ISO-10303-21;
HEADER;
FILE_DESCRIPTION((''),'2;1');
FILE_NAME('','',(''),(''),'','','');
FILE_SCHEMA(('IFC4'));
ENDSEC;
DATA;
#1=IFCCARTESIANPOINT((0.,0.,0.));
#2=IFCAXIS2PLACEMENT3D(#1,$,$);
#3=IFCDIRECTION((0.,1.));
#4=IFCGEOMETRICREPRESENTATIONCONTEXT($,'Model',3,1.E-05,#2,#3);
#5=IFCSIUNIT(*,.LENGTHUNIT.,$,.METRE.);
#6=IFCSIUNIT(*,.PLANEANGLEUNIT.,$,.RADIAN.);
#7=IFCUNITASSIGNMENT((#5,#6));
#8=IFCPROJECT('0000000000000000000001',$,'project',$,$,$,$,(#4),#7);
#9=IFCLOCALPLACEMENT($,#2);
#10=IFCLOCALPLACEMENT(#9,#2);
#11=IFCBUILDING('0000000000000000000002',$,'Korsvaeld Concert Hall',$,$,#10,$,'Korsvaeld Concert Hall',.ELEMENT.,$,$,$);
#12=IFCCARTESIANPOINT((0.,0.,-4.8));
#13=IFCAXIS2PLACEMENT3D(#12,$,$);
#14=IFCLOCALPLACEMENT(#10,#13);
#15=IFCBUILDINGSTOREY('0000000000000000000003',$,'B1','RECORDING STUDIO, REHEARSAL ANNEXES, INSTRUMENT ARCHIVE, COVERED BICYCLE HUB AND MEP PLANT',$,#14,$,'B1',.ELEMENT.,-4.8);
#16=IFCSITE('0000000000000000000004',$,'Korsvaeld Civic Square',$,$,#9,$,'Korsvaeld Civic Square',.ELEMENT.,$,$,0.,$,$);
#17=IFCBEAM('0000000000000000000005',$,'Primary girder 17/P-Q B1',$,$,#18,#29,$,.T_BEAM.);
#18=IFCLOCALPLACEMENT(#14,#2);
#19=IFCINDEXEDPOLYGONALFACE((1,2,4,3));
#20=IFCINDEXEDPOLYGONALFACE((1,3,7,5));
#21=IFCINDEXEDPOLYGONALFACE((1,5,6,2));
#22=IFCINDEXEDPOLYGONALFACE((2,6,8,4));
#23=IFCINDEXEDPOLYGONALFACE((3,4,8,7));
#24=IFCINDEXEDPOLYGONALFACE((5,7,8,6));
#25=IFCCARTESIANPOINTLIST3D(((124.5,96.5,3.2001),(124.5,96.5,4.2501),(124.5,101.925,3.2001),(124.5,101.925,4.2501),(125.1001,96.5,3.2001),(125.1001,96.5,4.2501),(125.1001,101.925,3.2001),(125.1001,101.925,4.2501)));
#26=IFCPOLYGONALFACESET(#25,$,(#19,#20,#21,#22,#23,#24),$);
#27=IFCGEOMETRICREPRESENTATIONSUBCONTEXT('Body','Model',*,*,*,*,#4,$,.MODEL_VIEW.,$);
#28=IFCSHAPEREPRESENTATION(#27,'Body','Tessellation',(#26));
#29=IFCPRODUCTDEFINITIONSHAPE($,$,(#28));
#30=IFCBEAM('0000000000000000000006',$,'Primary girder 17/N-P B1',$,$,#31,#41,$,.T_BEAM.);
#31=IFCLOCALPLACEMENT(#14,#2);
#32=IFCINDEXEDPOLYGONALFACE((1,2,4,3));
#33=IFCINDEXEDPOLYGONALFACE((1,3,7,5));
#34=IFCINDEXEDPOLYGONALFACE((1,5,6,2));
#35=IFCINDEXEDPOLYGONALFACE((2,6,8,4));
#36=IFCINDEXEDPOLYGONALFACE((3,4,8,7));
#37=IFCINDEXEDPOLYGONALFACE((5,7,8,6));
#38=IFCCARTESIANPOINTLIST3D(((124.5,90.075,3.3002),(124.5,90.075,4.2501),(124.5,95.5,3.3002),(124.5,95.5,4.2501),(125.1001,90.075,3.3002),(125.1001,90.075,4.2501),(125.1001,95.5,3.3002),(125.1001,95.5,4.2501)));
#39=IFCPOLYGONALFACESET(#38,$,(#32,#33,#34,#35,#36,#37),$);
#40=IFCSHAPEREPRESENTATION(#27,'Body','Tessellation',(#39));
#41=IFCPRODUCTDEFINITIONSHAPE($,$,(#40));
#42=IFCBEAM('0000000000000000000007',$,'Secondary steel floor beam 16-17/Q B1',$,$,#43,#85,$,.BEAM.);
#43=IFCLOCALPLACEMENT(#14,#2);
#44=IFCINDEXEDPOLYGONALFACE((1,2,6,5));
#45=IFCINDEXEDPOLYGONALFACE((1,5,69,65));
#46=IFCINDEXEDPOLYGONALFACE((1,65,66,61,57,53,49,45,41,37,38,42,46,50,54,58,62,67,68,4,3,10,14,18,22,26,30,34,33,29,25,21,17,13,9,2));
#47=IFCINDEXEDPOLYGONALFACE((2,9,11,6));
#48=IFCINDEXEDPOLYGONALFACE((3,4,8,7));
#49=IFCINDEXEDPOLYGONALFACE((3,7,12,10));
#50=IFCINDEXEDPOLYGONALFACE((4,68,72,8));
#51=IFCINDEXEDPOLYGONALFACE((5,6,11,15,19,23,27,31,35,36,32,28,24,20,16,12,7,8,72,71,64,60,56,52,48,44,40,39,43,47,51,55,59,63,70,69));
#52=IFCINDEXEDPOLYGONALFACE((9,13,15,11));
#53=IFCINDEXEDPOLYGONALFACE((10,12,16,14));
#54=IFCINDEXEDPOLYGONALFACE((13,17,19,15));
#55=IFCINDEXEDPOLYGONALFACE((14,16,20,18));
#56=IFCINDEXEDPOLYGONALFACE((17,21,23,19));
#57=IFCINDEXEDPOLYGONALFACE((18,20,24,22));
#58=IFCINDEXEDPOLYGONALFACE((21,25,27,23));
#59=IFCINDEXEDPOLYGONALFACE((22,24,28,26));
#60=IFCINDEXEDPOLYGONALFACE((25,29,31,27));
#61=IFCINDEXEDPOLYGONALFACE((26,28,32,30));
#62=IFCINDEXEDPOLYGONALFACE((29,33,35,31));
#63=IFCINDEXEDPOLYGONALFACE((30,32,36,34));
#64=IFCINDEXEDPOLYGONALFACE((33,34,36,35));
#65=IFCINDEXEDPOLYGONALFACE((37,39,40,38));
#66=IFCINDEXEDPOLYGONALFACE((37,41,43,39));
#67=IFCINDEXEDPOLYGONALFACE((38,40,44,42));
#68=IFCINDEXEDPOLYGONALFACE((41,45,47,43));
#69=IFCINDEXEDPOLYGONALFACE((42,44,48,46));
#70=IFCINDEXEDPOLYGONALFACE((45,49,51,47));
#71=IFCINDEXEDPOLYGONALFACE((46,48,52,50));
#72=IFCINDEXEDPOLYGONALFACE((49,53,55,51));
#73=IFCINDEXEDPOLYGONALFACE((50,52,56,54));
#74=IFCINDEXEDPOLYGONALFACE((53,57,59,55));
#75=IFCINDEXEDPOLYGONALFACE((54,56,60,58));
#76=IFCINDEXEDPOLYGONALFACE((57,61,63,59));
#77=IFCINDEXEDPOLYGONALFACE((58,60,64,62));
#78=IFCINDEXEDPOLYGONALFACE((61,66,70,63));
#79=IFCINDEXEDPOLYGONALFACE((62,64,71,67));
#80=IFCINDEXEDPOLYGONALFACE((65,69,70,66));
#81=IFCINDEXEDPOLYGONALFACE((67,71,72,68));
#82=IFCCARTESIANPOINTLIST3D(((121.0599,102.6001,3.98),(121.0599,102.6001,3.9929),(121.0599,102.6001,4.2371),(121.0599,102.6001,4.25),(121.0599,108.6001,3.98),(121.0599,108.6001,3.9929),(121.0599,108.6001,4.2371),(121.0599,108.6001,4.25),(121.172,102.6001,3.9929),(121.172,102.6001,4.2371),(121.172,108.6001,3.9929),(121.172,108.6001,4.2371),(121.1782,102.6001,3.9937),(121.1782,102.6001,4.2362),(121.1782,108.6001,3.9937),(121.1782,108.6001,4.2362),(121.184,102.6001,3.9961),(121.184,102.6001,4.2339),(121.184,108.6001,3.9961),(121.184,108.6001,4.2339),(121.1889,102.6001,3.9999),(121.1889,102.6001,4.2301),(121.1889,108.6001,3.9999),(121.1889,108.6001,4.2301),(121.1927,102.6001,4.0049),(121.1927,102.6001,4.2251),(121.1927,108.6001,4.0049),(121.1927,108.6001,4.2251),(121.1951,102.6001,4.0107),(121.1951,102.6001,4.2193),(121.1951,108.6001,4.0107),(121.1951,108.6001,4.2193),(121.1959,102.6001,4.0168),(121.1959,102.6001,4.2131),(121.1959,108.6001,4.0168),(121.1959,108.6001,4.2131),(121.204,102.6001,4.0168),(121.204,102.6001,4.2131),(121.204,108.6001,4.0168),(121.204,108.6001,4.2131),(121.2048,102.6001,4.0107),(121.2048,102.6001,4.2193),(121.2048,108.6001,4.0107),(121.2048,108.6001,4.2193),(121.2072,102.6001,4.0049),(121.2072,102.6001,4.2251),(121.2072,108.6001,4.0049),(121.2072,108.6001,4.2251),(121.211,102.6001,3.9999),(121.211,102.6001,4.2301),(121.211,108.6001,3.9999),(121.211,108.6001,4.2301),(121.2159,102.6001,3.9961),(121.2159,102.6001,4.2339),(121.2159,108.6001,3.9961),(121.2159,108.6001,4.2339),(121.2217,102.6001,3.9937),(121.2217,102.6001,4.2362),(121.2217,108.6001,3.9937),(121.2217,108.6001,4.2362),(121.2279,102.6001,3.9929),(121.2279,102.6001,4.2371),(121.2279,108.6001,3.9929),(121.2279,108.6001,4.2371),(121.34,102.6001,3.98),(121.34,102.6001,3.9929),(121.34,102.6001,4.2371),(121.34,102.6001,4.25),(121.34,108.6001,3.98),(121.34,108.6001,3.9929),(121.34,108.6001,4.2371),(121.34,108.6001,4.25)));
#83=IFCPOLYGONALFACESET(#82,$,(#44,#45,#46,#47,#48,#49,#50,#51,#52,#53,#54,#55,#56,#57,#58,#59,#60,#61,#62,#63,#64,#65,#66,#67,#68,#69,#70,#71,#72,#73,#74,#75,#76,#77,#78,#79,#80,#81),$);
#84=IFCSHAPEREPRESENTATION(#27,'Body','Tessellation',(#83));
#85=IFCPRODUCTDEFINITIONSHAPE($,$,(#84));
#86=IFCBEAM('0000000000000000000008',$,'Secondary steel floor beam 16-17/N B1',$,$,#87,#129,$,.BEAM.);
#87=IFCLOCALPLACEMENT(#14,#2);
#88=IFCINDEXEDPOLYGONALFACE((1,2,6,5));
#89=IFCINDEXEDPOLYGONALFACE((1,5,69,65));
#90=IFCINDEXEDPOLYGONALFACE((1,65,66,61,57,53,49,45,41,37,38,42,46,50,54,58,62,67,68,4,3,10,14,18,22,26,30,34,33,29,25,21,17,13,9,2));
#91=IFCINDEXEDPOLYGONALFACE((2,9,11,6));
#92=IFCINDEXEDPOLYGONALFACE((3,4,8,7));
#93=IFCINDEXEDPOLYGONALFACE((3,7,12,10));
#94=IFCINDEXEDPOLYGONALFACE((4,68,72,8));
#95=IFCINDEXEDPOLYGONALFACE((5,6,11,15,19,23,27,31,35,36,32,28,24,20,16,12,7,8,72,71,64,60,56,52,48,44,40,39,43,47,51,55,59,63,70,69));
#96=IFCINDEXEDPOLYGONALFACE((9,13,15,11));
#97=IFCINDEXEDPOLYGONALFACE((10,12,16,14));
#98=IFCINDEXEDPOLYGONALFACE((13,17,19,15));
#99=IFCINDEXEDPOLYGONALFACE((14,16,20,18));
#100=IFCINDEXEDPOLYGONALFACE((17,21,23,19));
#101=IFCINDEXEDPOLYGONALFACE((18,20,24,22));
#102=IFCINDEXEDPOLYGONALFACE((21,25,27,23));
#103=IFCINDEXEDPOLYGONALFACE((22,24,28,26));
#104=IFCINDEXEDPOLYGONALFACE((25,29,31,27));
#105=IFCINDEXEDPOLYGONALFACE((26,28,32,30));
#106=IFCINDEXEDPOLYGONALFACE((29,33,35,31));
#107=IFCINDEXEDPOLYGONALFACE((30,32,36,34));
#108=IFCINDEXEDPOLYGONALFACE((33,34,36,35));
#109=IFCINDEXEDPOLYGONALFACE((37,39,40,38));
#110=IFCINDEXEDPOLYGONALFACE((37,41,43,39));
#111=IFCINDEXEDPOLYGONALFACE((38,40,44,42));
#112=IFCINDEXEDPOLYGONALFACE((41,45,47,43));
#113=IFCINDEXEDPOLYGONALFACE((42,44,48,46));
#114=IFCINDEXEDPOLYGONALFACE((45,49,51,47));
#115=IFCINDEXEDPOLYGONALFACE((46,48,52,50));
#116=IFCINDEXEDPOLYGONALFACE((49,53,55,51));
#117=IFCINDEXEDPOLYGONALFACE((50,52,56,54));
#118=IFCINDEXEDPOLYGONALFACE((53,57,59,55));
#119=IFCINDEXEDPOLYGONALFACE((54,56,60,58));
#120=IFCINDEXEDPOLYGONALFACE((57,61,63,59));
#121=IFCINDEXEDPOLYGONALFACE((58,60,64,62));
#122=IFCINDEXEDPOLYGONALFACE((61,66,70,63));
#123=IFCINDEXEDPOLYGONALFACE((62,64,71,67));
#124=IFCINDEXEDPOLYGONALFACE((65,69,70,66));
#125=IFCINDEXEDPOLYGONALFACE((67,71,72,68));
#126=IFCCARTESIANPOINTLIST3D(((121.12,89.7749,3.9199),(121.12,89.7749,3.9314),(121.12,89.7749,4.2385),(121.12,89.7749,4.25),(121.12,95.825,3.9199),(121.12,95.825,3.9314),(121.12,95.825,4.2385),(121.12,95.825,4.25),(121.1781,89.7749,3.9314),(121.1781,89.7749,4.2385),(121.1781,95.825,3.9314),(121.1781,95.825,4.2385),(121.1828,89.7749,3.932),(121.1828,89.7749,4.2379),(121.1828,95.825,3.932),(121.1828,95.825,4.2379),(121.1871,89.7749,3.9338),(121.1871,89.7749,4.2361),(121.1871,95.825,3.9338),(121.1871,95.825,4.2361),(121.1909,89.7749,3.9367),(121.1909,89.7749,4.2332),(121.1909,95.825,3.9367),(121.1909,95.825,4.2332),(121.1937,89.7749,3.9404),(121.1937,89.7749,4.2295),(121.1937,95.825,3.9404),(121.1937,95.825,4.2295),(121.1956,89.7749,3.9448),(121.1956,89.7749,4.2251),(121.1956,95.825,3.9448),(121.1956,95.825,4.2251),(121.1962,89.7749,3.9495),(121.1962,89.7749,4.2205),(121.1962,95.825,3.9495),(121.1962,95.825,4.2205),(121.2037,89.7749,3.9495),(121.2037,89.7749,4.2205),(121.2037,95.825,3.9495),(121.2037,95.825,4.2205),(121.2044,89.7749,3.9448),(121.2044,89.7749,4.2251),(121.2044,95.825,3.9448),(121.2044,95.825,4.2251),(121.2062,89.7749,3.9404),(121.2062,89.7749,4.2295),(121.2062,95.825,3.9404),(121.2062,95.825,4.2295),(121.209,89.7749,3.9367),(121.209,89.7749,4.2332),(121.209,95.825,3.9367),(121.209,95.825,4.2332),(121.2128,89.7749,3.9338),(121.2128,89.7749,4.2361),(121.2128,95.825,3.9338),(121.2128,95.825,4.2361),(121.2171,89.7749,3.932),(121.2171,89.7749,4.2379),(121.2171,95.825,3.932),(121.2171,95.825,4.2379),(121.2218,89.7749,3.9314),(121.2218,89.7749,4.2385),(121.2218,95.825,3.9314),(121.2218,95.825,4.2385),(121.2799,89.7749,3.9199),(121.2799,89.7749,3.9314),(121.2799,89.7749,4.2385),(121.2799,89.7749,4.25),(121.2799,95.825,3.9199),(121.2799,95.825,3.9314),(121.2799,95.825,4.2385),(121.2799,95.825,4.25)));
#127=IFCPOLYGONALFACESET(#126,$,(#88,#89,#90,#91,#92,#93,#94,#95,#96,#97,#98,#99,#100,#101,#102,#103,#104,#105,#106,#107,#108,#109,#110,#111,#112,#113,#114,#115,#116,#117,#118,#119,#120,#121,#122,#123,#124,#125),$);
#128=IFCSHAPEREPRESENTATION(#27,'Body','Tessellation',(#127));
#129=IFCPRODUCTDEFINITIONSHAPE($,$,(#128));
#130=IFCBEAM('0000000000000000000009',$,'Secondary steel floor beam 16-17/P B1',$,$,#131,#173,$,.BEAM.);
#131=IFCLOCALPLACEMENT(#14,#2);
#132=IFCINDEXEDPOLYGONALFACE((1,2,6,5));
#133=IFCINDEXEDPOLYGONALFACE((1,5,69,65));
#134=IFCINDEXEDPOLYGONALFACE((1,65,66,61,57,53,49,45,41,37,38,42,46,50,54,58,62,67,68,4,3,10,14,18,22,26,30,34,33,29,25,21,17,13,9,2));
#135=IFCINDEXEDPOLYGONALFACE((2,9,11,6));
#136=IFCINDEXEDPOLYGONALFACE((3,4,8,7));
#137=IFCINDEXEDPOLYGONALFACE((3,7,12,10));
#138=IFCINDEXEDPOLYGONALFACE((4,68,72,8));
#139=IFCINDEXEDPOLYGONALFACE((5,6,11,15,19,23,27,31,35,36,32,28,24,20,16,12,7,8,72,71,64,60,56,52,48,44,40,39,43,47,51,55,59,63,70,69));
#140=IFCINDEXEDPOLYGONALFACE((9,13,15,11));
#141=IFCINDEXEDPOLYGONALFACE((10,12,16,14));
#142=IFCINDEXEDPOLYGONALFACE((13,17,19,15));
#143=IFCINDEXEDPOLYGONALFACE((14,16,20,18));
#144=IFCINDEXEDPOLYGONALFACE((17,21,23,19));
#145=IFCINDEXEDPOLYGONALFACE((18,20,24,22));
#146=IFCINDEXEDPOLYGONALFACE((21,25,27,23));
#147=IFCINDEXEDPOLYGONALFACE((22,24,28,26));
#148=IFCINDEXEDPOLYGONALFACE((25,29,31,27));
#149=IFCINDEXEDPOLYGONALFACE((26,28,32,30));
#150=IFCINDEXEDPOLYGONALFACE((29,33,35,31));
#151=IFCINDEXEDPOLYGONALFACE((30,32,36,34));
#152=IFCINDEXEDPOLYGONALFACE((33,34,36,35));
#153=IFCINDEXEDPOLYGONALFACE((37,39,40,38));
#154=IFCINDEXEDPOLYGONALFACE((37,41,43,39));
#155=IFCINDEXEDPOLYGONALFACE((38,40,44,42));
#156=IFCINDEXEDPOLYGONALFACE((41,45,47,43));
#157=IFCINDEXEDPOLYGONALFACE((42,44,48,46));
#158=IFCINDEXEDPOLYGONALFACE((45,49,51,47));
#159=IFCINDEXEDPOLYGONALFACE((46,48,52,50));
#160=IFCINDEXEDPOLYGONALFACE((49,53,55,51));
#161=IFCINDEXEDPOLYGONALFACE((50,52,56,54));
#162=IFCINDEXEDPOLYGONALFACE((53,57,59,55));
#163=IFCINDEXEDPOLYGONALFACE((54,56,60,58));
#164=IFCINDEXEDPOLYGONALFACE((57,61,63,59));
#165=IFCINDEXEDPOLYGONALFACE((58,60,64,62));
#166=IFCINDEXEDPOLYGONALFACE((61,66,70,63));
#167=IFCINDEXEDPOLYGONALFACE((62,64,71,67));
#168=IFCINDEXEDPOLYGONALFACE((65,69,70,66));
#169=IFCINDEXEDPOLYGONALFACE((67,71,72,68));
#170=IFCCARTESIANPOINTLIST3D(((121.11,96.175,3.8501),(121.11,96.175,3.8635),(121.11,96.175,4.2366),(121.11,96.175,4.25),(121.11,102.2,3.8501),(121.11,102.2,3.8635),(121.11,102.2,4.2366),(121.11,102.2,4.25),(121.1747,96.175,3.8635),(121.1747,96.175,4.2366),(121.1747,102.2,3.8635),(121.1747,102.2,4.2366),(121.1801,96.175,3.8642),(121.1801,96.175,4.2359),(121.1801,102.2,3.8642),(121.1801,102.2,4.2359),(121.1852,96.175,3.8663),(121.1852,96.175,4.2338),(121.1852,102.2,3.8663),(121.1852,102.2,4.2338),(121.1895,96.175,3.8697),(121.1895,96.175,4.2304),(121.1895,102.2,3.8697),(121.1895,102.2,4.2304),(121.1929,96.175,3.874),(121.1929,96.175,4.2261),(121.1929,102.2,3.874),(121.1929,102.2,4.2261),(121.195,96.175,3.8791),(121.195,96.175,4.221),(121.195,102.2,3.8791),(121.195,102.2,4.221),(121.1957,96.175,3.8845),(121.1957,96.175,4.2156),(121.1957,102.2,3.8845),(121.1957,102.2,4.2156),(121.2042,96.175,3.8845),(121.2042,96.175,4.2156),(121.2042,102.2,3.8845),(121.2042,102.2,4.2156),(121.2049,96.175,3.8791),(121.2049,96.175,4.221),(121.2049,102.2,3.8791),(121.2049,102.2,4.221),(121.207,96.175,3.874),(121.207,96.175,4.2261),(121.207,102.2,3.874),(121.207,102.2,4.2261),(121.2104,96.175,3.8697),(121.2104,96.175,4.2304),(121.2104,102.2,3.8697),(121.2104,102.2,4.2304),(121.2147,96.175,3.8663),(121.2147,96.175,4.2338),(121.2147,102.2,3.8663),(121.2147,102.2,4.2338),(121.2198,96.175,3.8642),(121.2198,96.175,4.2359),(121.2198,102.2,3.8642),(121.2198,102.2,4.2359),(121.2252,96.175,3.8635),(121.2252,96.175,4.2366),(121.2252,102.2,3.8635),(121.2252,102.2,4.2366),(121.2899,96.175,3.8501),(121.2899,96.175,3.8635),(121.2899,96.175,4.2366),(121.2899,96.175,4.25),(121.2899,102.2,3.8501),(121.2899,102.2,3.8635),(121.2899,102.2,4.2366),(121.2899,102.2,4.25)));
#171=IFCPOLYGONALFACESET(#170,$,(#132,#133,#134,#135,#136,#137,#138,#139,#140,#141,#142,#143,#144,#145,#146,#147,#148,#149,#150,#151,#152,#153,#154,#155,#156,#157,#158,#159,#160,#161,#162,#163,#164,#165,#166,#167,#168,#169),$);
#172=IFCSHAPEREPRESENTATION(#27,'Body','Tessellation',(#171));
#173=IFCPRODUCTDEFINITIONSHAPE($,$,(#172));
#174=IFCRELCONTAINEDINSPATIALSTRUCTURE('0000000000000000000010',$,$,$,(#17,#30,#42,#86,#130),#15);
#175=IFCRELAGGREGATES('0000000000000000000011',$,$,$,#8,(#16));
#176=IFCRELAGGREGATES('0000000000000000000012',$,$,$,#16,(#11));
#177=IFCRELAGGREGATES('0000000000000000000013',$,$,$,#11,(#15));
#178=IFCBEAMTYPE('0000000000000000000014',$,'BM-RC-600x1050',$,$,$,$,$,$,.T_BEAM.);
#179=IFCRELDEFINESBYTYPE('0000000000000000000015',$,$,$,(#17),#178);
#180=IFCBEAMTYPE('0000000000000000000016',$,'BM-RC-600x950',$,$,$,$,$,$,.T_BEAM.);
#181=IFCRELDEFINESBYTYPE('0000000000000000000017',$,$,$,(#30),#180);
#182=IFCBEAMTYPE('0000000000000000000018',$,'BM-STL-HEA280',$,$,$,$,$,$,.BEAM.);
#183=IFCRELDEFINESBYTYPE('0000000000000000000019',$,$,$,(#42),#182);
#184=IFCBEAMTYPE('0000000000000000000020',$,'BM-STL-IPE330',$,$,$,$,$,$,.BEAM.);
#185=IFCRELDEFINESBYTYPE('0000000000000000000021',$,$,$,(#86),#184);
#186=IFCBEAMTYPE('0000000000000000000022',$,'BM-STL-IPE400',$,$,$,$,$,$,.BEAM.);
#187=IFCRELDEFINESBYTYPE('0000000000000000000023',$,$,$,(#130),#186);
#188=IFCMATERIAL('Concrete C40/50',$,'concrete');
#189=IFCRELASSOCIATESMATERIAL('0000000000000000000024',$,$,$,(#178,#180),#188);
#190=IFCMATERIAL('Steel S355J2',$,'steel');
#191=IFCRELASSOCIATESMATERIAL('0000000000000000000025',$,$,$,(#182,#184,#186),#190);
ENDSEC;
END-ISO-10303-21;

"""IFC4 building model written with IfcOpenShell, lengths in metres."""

from ifc_helpers import new_model, si_unit, direction, frame, origin, origin_2d, place, context, subcontext, project, spatial, rectangle, i_section, extrude, material, material_profile, profile_set, type_object, element, save


model = new_model("IFC4")

# Units and contexts
model_context = context("Model", 3, precision=1e-05, world=origin(), true_north=direction((0.0, 1.0)))
body_context = subcontext(model_context, "Body", "Model", "MODEL_VIEW")
ifc_project = project(units=[si_unit("LENGTHUNIT", "METRE"), si_unit("PLANEANGLEUNIT", "RADIAN")], contexts=[model_context])

# Site, building, storey
site_placement = place(None, origin())
site = spatial("IfcSite", under=ifc_project, at=site_placement, Name="Korsvaeld Civic Square", LongName="Korsvaeld Civic Square", CompositionType="ELEMENT", RefElevation=0.0)
building_placement = place(site_placement, origin())
building = spatial("IfcBuilding", under=site, at=building_placement, Name="Korsvaeld Concert Hall", LongName="Korsvaeld Concert Hall", CompositionType="ELEMENT")
storey_placement = place(building_placement, frame((0.0, 0.0, -4.8)))
storey = spatial("IfcBuildingStorey", under=building, at=storey_placement, Name="B1", Description="RECORDING STUDIO, REHEARSAL ANNEXES, INSTRUMENT ARCHIVE, COVERED BICYCLE HUB AND MEP PLANT", LongName="B1", CompositionType="ELEMENT", Elevation=-4.8)

# Shared definitions
ifc_material_1 = material(Name="Concrete C40/50", Category="concrete")

# Beams
ifc_material_profile_1 = material_profile(ifc_material_1, rectangle(XDim=0.6001, YDim=1.05, at=origin_2d()), Name="RC 600x1050")
ifc_profile_set_1 = profile_set([ifc_material_profile_1], Name="Concrete C40/50")
beam_type_1 = type_object("IfcBeamType", Name="BM-RC-600x1050", PredefinedType="T_BEAM", material=ifc_profile_set_1)
beam_1_placement = place(storey_placement, frame((124.8, 96.5, 3.7251), z_axis=(0.0, 1.0, 0.0), x_axis=(-1.0, 0.0, 0.0)))
element("IfcBeam", 1, at=beam_1_placement, inside=storey, type_object=beam_type_1, Name="Primary girder 17/P-Q B1", PredefinedType="T_BEAM", context=body_context, shape_type="SweptSolid", body=[
    extrude(rectangle(XDim=0.6001, YDim=1.05, at=origin_2d()), origin(), (0.0, 0.0, 1.0), 5.425),
])
ifc_material_profile_2 = material_profile(ifc_material_1, rectangle(XDim=0.6001, YDim=0.95, at=origin_2d()), Name="RC 600x950")
ifc_profile_set_2 = profile_set([ifc_material_profile_2], Name="Concrete C40/50")
beam_type_2 = type_object("IfcBeamType", Name="BM-RC-600x950", PredefinedType="T_BEAM", material=ifc_profile_set_2)
beam_2_placement = place(storey_placement, frame((124.8, 90.075, 3.7751), z_axis=(0.0, 1.0, 0.0), x_axis=(-1.0, 0.0, 0.0)))
element("IfcBeam", 2, at=beam_2_placement, inside=storey, type_object=beam_type_2, Name="Primary girder 17/N-P B1", PredefinedType="T_BEAM", context=body_context, shape_type="SweptSolid", body=[
    extrude(rectangle(XDim=0.6001, YDim=0.95, at=origin_2d()), origin(), (0.0, 0.0, 1.0), 5.425),
])
ifc_material_2 = material(Name="Steel S355J2", Category="steel")
ifc_material_profile_3 = material_profile(ifc_material_2, i_section(OverallWidth=0.28, OverallDepth=0.27, WebThickness=0.0081, FlangeThickness=0.0129, FilletRadius=0.0239, at=origin_2d()), Name="HEA 280")
ifc_profile_set_3 = profile_set([ifc_material_profile_3], Name="Steel S355J2")
beam_type_3 = type_object("IfcBeamType", Name="BM-STL-HEA280", PredefinedType="BEAM", material=ifc_profile_set_3)
beam_3_placement = place(storey_placement, frame((121.2, 102.6001, 4.115), z_axis=(0.0, 1.0, 0.0), x_axis=(-1.0, 0.0, 0.0)))
element("IfcBeam", 3, at=beam_3_placement, inside=storey, type_object=beam_type_3, Name="Secondary steel floor beam 16-17/Q B1", PredefinedType="BEAM", context=body_context, shape_type="SweptSolid", body=[
    extrude(i_section(OverallWidth=0.28, OverallDepth=0.27, WebThickness=0.0081, FlangeThickness=0.0129, FilletRadius=0.0239, at=origin_2d()), origin(), (0.0, 0.0, 1.0), 6.0),
])
ifc_material_profile_4 = material_profile(ifc_material_2, i_section(OverallWidth=0.1599, OverallDepth=0.3301, WebThickness=0.0076, FlangeThickness=0.0115, FilletRadius=0.0181, at=origin_2d()), Name="IPE 330")
ifc_profile_set_4 = profile_set([ifc_material_profile_4], Name="Steel S355J2")
beam_type_4 = type_object("IfcBeamType", Name="BM-STL-IPE330", PredefinedType="BEAM", material=ifc_profile_set_4)
beam_4_placement = place(storey_placement, frame((121.2, 89.7749, 4.085), z_axis=(0.0, 1.0, 0.0), x_axis=(-1.0, 0.0, 0.0)))
element("IfcBeam", 4, at=beam_4_placement, inside=storey, type_object=beam_type_4, Name="Secondary steel floor beam 16-17/N B1", PredefinedType="BEAM", context=body_context, shape_type="SweptSolid", body=[
    extrude(i_section(OverallWidth=0.1599, OverallDepth=0.3301, WebThickness=0.0076, FlangeThickness=0.0115, FilletRadius=0.0181, at=origin_2d()), origin(), (0.0, 0.0, 1.0), 6.05),
])
ifc_material_profile_5 = material_profile(ifc_material_2, i_section(OverallWidth=0.1799, OverallDepth=0.3999, WebThickness=0.0085, FlangeThickness=0.0134, FilletRadius=0.021, at=origin_2d()), Name="IPE 400")
ifc_profile_set_5 = profile_set([ifc_material_profile_5], Name="Steel S355J2")
beam_type_5 = type_object("IfcBeamType", Name="BM-STL-IPE400", PredefinedType="BEAM", material=ifc_profile_set_5)
beam_5_placement = place(storey_placement, frame((121.2, 96.175, 4.05), z_axis=(0.0, 1.0, 0.0), x_axis=(-1.0, 0.0, 0.0)))
element("IfcBeam", 5, at=beam_5_placement, inside=storey, type_object=beam_type_5, Name="Secondary steel floor beam 16-17/P B1", PredefinedType="BEAM", context=body_context, shape_type="SweptSolid", body=[
    extrude(i_section(OverallWidth=0.1799, OverallDepth=0.3999, WebThickness=0.0085, FlangeThickness=0.0134, FilletRadius=0.021, at=origin_2d()), origin(), (0.0, 0.0, 1.0), 6.0249),
])

save(model, "model.ifc")
